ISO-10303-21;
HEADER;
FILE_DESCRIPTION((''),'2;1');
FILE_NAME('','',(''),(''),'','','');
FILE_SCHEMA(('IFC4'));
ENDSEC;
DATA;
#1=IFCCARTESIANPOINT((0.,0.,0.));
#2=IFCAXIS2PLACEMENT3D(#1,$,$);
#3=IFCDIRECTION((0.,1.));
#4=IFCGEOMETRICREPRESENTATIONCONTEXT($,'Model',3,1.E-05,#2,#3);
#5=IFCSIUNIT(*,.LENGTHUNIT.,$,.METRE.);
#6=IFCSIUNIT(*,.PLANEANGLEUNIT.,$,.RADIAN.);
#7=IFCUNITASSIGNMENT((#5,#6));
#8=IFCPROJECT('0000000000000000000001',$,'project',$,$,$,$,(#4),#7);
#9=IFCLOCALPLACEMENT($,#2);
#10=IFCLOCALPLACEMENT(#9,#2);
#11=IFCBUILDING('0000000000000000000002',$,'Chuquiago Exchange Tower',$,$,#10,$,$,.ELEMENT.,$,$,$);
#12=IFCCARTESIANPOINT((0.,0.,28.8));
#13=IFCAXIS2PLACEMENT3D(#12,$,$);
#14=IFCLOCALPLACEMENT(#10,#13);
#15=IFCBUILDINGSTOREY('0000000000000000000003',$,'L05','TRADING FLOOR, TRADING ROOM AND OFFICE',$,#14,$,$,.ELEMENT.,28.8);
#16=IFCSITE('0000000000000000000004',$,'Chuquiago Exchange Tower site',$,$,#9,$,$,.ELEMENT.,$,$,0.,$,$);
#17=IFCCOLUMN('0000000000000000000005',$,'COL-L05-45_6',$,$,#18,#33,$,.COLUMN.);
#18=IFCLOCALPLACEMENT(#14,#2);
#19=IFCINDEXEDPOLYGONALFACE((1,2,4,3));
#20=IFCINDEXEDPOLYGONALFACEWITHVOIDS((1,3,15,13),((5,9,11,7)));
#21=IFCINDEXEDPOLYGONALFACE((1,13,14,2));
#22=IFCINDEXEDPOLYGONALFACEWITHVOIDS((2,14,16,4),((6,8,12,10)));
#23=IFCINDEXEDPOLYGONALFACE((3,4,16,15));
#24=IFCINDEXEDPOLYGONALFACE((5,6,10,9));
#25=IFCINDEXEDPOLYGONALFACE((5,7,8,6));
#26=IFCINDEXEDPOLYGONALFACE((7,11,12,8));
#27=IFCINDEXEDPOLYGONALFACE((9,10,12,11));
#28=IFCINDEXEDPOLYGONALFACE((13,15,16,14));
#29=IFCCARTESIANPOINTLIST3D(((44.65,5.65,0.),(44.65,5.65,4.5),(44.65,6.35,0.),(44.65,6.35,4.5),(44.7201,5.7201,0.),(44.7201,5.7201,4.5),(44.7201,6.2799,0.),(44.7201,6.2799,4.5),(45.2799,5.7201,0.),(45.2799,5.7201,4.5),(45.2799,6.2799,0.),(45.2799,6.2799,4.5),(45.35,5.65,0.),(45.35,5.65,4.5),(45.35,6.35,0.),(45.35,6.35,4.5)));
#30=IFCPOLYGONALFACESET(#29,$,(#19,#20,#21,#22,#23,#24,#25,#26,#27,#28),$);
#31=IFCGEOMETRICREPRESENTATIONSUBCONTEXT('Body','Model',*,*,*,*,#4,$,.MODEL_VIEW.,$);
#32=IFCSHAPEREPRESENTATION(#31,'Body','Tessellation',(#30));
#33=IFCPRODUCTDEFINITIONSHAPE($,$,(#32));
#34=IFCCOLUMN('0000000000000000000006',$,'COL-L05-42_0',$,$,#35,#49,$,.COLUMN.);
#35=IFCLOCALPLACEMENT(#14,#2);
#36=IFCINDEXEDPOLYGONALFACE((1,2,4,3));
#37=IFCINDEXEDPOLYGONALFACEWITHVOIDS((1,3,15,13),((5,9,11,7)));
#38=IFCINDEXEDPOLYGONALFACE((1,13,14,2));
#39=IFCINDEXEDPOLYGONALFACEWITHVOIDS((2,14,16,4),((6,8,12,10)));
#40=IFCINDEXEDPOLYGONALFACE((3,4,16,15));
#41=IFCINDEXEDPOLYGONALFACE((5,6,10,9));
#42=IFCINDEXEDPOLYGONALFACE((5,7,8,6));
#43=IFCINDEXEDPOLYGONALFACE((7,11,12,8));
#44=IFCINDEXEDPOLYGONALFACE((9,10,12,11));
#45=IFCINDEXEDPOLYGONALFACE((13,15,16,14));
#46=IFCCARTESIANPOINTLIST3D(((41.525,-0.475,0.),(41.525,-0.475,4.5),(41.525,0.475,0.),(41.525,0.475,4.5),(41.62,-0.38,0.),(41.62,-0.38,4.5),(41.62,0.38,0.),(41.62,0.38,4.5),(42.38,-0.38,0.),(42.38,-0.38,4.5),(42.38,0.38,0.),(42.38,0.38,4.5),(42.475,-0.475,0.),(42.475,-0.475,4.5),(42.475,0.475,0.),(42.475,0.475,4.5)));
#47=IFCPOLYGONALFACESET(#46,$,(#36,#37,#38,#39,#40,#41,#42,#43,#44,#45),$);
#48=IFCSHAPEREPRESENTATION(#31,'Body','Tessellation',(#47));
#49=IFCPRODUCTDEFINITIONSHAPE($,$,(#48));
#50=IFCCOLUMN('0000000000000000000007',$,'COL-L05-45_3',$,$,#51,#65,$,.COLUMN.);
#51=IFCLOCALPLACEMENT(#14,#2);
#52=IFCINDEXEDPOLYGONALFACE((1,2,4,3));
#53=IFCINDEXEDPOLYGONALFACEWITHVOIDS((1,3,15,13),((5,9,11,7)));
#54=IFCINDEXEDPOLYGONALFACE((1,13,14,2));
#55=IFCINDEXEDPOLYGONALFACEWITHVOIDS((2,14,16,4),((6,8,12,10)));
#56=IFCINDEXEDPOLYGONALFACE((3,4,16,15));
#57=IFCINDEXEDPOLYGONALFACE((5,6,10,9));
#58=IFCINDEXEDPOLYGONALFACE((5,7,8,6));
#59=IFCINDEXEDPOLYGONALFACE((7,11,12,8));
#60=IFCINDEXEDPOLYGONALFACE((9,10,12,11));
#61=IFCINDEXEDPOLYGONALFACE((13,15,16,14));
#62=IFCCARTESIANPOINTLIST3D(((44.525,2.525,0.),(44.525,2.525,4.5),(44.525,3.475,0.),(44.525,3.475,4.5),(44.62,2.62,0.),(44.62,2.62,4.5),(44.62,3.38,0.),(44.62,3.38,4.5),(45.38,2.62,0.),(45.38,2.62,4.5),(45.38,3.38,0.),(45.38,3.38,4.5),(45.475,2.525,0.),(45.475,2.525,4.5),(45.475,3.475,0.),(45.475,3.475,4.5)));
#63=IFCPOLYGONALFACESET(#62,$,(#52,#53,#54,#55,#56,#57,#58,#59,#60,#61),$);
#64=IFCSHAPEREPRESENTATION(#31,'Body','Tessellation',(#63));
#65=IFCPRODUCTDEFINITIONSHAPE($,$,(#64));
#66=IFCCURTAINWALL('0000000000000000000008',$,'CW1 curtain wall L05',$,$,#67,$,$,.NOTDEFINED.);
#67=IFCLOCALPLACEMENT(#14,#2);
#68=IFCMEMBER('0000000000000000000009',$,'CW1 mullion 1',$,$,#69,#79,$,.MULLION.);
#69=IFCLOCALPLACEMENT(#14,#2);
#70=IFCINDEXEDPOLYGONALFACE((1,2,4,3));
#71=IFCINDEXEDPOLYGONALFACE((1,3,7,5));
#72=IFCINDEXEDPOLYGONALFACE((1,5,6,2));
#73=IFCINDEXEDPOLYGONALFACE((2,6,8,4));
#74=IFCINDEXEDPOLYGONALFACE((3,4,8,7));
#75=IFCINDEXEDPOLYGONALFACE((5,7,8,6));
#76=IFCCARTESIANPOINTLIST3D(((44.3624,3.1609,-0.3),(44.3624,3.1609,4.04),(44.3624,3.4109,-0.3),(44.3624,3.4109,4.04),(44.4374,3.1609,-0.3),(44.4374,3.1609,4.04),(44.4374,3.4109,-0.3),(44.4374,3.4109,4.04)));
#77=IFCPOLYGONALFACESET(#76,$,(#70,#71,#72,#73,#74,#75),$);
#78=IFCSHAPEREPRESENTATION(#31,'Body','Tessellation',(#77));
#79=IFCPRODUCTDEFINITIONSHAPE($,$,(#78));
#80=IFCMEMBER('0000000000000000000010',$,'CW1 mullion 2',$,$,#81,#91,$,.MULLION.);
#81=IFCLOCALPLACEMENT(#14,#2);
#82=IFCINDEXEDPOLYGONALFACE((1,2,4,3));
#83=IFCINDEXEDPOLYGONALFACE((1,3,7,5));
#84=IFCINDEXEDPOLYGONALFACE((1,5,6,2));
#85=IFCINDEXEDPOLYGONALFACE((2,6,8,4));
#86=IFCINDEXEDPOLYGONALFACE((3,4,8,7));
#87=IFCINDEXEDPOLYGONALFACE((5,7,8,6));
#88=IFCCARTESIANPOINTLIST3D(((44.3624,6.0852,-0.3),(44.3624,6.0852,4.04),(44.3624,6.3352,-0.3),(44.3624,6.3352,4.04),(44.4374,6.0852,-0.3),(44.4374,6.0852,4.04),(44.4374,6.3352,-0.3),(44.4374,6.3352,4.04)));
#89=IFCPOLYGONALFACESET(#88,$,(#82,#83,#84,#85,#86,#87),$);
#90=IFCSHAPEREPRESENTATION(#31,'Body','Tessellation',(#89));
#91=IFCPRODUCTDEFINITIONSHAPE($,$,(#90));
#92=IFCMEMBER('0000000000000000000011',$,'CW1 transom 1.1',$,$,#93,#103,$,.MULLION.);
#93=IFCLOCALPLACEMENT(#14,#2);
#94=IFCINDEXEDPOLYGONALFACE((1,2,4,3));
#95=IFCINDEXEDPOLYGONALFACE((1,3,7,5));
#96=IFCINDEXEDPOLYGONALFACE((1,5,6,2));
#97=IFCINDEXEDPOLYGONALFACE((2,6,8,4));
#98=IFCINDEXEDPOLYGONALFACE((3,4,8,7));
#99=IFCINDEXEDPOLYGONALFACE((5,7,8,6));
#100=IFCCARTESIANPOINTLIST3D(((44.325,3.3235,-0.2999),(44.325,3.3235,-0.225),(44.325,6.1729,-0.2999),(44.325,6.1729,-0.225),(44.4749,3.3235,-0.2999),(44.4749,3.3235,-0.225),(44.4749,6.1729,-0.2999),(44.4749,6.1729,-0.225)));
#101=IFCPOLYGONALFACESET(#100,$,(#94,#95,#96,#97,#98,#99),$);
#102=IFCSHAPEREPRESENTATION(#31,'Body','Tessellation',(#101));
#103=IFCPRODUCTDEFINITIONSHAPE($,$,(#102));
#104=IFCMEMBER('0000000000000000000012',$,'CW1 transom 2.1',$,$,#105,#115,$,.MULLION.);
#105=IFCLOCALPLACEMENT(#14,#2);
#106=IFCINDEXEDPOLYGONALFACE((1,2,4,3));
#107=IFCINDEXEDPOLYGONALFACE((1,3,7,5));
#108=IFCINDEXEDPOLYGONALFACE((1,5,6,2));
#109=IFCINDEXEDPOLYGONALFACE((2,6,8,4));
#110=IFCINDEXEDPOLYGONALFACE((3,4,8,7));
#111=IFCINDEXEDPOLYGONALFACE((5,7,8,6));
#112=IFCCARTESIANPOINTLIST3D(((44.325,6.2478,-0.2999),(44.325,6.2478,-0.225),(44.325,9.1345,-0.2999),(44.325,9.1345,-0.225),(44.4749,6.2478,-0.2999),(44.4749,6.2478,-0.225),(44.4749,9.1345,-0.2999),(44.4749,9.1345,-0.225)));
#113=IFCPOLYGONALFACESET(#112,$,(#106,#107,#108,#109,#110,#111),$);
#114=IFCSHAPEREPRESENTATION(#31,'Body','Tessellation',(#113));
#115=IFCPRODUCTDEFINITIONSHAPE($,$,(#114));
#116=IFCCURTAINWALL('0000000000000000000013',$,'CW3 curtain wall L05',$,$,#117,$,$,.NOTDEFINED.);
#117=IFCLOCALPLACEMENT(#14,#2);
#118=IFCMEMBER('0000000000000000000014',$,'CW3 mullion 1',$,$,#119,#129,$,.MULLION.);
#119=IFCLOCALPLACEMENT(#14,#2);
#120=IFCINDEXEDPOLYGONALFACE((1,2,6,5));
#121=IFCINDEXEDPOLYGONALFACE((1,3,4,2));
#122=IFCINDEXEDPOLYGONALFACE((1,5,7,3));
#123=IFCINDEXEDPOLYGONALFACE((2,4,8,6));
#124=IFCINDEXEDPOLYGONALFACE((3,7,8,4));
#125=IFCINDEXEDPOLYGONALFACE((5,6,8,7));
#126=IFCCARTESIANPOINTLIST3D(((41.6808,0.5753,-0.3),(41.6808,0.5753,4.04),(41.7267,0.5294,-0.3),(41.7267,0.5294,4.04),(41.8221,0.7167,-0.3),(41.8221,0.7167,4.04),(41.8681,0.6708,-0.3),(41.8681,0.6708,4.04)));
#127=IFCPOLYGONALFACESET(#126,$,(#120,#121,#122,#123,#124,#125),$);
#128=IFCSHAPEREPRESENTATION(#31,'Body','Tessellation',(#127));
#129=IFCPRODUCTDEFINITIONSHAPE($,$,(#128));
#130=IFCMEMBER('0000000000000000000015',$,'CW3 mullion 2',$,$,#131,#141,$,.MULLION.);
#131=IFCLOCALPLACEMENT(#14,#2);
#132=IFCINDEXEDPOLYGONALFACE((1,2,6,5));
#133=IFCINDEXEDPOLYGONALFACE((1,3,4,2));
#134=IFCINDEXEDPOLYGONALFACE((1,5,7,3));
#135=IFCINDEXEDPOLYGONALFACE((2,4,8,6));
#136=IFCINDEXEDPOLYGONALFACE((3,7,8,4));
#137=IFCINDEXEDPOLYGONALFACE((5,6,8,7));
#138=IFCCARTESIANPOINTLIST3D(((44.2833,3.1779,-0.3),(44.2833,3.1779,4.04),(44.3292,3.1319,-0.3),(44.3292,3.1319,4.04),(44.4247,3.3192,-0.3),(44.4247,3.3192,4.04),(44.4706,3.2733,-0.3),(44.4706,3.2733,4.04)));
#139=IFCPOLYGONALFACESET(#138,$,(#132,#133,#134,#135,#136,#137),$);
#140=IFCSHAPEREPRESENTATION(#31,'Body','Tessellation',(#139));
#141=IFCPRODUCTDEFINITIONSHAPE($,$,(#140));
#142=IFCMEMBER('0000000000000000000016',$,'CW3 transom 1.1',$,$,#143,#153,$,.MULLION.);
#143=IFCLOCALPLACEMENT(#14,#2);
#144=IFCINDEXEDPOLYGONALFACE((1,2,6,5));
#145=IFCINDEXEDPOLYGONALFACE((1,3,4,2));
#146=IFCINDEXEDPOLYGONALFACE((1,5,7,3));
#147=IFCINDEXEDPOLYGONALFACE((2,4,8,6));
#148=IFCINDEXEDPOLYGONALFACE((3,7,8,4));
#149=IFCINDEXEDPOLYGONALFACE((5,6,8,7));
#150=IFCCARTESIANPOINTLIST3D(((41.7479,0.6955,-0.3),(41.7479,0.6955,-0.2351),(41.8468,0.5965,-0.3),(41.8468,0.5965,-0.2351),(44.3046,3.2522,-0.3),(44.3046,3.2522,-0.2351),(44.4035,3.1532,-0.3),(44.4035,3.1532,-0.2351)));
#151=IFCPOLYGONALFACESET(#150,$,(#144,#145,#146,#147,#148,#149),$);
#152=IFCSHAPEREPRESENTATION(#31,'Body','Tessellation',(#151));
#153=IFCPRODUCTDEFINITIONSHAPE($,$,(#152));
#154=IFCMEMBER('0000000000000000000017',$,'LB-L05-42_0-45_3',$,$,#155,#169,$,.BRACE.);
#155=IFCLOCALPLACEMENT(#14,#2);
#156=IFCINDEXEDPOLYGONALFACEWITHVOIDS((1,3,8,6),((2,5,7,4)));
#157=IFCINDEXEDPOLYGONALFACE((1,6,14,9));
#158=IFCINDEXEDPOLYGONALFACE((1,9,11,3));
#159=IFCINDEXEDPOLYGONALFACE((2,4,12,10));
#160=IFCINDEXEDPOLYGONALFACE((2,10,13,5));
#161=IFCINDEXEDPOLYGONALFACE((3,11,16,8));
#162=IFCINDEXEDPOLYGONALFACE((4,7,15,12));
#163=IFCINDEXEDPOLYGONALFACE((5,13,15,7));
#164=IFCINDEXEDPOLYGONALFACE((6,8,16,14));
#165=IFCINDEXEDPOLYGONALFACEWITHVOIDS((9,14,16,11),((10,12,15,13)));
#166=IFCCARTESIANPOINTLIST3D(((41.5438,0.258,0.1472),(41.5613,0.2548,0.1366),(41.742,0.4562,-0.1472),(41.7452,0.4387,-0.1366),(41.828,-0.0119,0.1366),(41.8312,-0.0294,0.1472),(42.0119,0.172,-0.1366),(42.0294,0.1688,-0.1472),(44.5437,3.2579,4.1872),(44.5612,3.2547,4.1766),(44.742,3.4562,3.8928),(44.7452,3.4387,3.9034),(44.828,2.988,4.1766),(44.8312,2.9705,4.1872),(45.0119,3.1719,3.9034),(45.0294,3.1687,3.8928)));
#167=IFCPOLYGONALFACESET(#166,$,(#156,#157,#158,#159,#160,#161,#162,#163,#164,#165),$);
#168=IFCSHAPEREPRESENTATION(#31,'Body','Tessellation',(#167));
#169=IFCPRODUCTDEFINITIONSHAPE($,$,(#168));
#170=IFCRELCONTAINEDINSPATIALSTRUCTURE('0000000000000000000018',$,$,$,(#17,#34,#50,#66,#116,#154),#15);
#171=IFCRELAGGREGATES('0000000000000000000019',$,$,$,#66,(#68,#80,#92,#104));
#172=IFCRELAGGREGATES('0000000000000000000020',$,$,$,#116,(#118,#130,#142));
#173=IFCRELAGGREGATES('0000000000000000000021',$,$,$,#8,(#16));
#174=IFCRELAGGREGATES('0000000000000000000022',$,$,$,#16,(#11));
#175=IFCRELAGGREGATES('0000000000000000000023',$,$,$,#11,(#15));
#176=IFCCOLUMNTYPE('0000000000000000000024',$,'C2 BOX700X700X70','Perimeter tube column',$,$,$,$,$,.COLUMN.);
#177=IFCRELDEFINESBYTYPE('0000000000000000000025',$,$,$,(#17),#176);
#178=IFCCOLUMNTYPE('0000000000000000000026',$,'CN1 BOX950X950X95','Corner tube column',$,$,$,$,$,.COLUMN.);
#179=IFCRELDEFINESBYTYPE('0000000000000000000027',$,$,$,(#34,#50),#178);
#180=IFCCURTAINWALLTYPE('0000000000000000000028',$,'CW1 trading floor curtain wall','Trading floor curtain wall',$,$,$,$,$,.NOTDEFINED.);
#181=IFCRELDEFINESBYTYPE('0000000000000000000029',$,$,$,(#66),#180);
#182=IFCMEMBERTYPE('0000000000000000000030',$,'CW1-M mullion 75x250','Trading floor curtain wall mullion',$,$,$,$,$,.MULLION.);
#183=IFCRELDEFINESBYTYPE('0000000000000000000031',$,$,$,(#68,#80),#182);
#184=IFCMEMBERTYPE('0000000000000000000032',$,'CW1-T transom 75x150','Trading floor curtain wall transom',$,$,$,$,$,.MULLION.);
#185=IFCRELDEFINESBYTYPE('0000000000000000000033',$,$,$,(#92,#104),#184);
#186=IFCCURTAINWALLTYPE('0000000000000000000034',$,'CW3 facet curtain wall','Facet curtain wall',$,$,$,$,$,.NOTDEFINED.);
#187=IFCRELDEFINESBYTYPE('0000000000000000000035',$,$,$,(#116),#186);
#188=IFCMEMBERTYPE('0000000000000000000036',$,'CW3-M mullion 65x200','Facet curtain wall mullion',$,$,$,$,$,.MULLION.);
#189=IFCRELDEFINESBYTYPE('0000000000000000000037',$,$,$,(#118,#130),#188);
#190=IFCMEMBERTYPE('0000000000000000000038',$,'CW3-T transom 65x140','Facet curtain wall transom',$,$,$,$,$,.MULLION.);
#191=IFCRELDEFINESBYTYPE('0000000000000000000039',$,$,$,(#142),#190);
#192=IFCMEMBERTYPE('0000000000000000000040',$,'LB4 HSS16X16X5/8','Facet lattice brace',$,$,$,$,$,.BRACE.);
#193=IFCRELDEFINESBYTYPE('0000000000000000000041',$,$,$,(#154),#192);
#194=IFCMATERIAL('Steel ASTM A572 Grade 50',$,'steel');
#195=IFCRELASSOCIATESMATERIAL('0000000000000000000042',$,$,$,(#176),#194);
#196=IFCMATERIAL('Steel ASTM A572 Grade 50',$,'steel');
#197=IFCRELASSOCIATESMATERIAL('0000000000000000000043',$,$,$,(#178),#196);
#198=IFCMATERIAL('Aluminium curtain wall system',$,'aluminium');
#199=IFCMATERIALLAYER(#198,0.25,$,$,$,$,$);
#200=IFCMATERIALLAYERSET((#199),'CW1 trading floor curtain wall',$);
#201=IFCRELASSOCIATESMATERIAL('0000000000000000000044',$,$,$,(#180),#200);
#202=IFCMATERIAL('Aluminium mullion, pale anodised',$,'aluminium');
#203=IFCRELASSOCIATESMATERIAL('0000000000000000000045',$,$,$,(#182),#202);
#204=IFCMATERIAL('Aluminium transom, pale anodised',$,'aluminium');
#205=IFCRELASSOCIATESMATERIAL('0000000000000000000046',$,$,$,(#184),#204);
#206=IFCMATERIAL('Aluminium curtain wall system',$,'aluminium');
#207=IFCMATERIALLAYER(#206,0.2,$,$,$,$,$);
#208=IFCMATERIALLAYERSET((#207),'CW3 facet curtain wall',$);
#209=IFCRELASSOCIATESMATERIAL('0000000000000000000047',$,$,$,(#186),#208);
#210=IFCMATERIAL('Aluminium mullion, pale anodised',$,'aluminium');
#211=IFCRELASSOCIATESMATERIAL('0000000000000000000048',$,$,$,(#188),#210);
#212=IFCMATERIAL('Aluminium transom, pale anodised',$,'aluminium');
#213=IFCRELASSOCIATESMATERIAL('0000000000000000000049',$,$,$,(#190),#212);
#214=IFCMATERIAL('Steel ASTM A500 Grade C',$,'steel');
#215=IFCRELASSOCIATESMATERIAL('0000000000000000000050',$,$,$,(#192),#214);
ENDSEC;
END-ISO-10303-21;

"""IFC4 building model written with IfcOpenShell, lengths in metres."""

from ifc_helpers import new_model, si_unit, direction, frame, origin, origin_2d, place, context, subcontext, project, spatial, rectangle, hollow_rectangle, extrude, material, layer, layer_set, material_profile, profile_set, type_object, element, aggregate, save


model = new_model("IFC4")

# Units and contexts
model_context = context("Model", 3, precision=1e-05, world=origin(), true_north=direction((0.0, 1.0)))
body_context = subcontext(model_context, "Body", "Model", "MODEL_VIEW")
ifc_project = project(units=[si_unit("LENGTHUNIT", "METRE"), si_unit("PLANEANGLEUNIT", "RADIAN")], contexts=[model_context])

# Site, building, storey
site_placement = place(None, origin())
site = spatial("IfcSite", under=ifc_project, at=site_placement, Name="Chuquiago Exchange Tower site", CompositionType="ELEMENT", RefElevation=0.0)
building_placement = place(site_placement, origin())
building = spatial("IfcBuilding", under=site, at=building_placement, Name="Chuquiago Exchange Tower", CompositionType="ELEMENT")
storey_placement = place(building_placement, frame((0.0, 0.0, 28.8)))
storey = spatial("IfcBuildingStorey", under=building, at=storey_placement, Name="L05", Description="TRADING FLOOR, TRADING ROOM AND OFFICE", CompositionType="ELEMENT", Elevation=28.8)

# Columns
ifc_material_1 = material(Name="Steel ASTM A572 Grade 50", Category="steel")
ifc_material_profile_1 = material_profile(ifc_material_1, hollow_rectangle(XDim=0.7, YDim=0.7, WallThickness=0.0701, at=origin_2d()), Name="BOX700X700X70")
ifc_profile_set_1 = profile_set([ifc_material_profile_1], Name="Steel ASTM A572 Grade 50")
column_type_1 = type_object("IfcColumnType", Name="C2 BOX700X700X70", Description="Perimeter tube column", PredefinedType="COLUMN", material=ifc_profile_set_1)
column_placement = place(storey_placement, frame((45.0, 6.0, 0.0), z_axis=(0.0, 0.0, 1.0), x_axis=(1.0, 0.0, 0.0)))
element("IfcColumn", 1, at=column_placement, inside=storey, type_object=column_type_1, Name="COL-L05-45_6", PredefinedType="COLUMN", context=body_context, shape_type="SweptSolid", body=[
    extrude(hollow_rectangle(XDim=0.7, YDim=0.7, WallThickness=0.0701, at=origin_2d()), origin(), (0.0, 0.0, 1.0), 4.5),
])
ifc_material_2 = material(Name="Steel ASTM A572 Grade 50", Category="steel")
ifc_material_profile_2 = material_profile(ifc_material_2, hollow_rectangle(XDim=0.95, YDim=0.95, WallThickness=0.095, at=origin_2d()), Name="BOX950X950X95")
ifc_profile_set_2 = profile_set([ifc_material_profile_2], Name="Steel ASTM A572 Grade 50")
column_type_2 = type_object("IfcColumnType", Name="CN1 BOX950X950X95", Description="Corner tube column", PredefinedType="COLUMN", material=ifc_profile_set_2)
for number, where, z_axis, x_axis, name in (
    (2, (42.0, 0.0, 0.0), (0.0, 0.0, 1.0), (0.0, -1.0, 0.0), "COL-L05-42_0"),
    (3, (45.0, 3.0, 0.0), (0.0, 0.0, 1.0), (1.0, 0.0, 0.0), "COL-L05-45_3"),
):
    element("IfcColumn", number, at=place(storey_placement, frame(where, z_axis=z_axis, x_axis=x_axis)), inside=storey, type_object=column_type_2, Name=name, PredefinedType="COLUMN", context=body_context, shape_type="SweptSolid", body=[
        extrude(hollow_rectangle(XDim=0.95, YDim=0.95, WallThickness=0.095, at=origin_2d()), origin(), (0.0, 0.0, 1.0), 4.5),
    ])

# Curtain walls, members
ifc_material_3 = material(Name="Aluminium curtain wall system", Category="aluminium")
ifc_layer_1 = layer(ifc_material_3, 0.25)
ifc_layer_set_1 = layer_set([ifc_layer_1], Name="CW1 trading floor curtain wall")
curtain_wall_type_1 = type_object("IfcCurtainWallType", Name="CW1 trading floor curtain wall", Description="Trading floor curtain wall", PredefinedType="NOTDEFINED", material=ifc_layer_set_1)
curtain_wall_1_placement = place(storey_placement, origin())
curtain_wall_1 = element("IfcCurtainWall", 4, at=curtain_wall_1_placement, inside=storey, type_object=curtain_wall_type_1, Name="CW1 curtain wall L05", PredefinedType="NOTDEFINED")
ifc_material_4 = material(Name="Aluminium mullion, pale anodised", Category="aluminium")
ifc_material_profile_3 = material_profile(ifc_material_4, rectangle(XDim=0.075, YDim=0.25, at=origin_2d()), Name="AL 75x250")
ifc_profile_set_3 = profile_set([ifc_material_profile_3], Name="Aluminium mullion, pale anodised")
member_type_1 = type_object("IfcMemberType", Name="CW1-M mullion 75x250", Description="Trading floor curtain wall mullion", PredefinedType="MULLION", material=ifc_profile_set_3)
member_1_placement = place(storey_placement, frame((44.3999, 3.2859, -0.3), z_axis=(0.0, 0.0, 1.0), x_axis=(-1.0, 0.0, 0.0)))
member_1 = element("IfcMember", 5, at=member_1_placement, type_object=member_type_1, Name="CW1 mullion 1", PredefinedType="MULLION", context=body_context, shape_type="SweptSolid", body=[
    extrude(rectangle(XDim=0.075, YDim=0.25, at=origin_2d()), origin(), (0.0, 0.0, 1.0), 4.3401),
])
member_2_placement = place(storey_placement, frame((44.3999, 6.2102, -0.3), z_axis=(0.0, 0.0, 1.0), x_axis=(-1.0, 0.0, 0.0)))
member_2 = element("IfcMember", 6, at=member_2_placement, type_object=member_type_1, Name="CW1 mullion 2", PredefinedType="MULLION", context=body_context, shape_type="SweptSolid", body=[
    extrude(rectangle(XDim=0.075, YDim=0.25, at=origin_2d()), origin(), (0.0, 0.0, 1.0), 4.3401),
])
ifc_material_5 = material(Name="Aluminium transom, pale anodised", Category="aluminium")
ifc_material_profile_4 = material_profile(ifc_material_5, rectangle(XDim=0.1499, YDim=0.075, at=origin_2d()), Name="AL 150x75")
ifc_profile_set_4 = profile_set([ifc_material_profile_4], Name="Aluminium transom, pale anodised")
member_type_2 = type_object("IfcMemberType", Name="CW1-T transom 75x150", Description="Trading floor curtain wall transom", PredefinedType="MULLION", material=ifc_profile_set_4)
member_3_placement = place(storey_placement, frame((44.3999, 3.3235, -0.2625), z_axis=(0.0, 1.0, 0.0), x_axis=(-1.0, 0.0, 0.0)))
member_3 = element("IfcMember", 7, at=member_3_placement, type_object=member_type_2, Name="CW1 transom 1.1", PredefinedType="MULLION", context=body_context, shape_type="SweptSolid", body=[
    extrude(rectangle(XDim=0.1499, YDim=0.075, at=origin_2d()), origin(), (0.0, 0.0, 1.0), 2.8494),
])
member_4_placement = place(storey_placement, frame((44.3999, 6.2478, -0.2625), z_axis=(0.0, 1.0, 0.0), x_axis=(-1.0, 0.0, 0.0)))
member_4 = element("IfcMember", 8, at=member_4_placement, type_object=member_type_2, Name="CW1 transom 2.1", PredefinedType="MULLION", context=body_context, shape_type="SweptSolid", body=[
    extrude(rectangle(XDim=0.1499, YDim=0.075, at=origin_2d()), origin(), (0.0, 0.0, 1.0), 2.8867),
])
ifc_material_6 = material(Name="Aluminium curtain wall system", Category="aluminium")
ifc_layer_2 = layer(ifc_material_6, 0.2)
ifc_layer_set_2 = layer_set([ifc_layer_2], Name="CW3 facet curtain wall")
curtain_wall_type_2 = type_object("IfcCurtainWallType", Name="CW3 facet curtain wall", Description="Facet curtain wall", PredefinedType="NOTDEFINED", material=ifc_layer_set_2)
curtain_wall_2_placement = place(storey_placement, origin())
curtain_wall_2 = element("IfcCurtainWall", 9, at=curtain_wall_2_placement, inside=storey, type_object=curtain_wall_type_2, Name="CW3 curtain wall L05", PredefinedType="NOTDEFINED")
ifc_material_7 = material(Name="Aluminium mullion, pale anodised", Category="aluminium")
ifc_material_profile_5 = material_profile(ifc_material_7, rectangle(XDim=0.0649, YDim=0.2, at=origin_2d()), Name="AL 65x200")
ifc_profile_set_5 = profile_set([ifc_material_profile_5], Name="Aluminium mullion, pale anodised")
member_type_3 = type_object("IfcMemberType", Name="CW3-M mullion 65x200", Description="Facet curtain wall mullion", PredefinedType="MULLION", material=ifc_profile_set_5)
member_5_placement = place(storey_placement, frame((41.7744, 0.623, -0.3), z_axis=(0.0, 0.0, 1.0), x_axis=(-0.707107, 0.707107, 0.0)))
member_5 = element("IfcMember", 10, at=member_5_placement, type_object=member_type_3, Name="CW3 mullion 1", PredefinedType="MULLION", context=body_context, shape_type="SweptSolid", body=[
    extrude(rectangle(XDim=0.0649, YDim=0.2, at=origin_2d()), origin(), (0.0, 0.0, 1.0), 4.3401),
])
member_6_placement = place(storey_placement, frame((44.377, 3.2256, -0.3), z_axis=(0.0, 0.0, 1.0), x_axis=(-0.707107, 0.707107, 0.0)))
member_6 = element("IfcMember", 11, at=member_6_placement, type_object=member_type_3, Name="CW3 mullion 2", PredefinedType="MULLION", context=body_context, shape_type="SweptSolid", body=[
    extrude(rectangle(XDim=0.0649, YDim=0.2, at=origin_2d()), origin(), (0.0, 0.0, 1.0), 4.3401),
])
ifc_material_8 = material(Name="Aluminium transom, pale anodised", Category="aluminium")
ifc_material_profile_6 = material_profile(ifc_material_8, rectangle(XDim=0.1399, YDim=0.0649, at=origin_2d()), Name="AL 140x65")
ifc_profile_set_6 = profile_set([ifc_material_profile_6], Name="Aluminium transom, pale anodised")
member_type_4 = type_object("IfcMemberType", Name="CW3-T transom 65x140", Description="Facet curtain wall transom", PredefinedType="MULLION", material=ifc_profile_set_6)
member_7_placement = place(storey_placement, frame((41.7974, 0.646, -0.2676), z_axis=(0.707107, 0.707107, 0.0), x_axis=(-0.707107, 0.707107, 0.0)))
member_7 = element("IfcMember", 12, at=member_7_placement, type_object=member_type_4, Name="CW3 transom 1.1", PredefinedType="MULLION", context=body_context, shape_type="SweptSolid", body=[
    extrude(rectangle(XDim=0.1399, YDim=0.0649, at=origin_2d()), origin(), (0.0, 0.0, 1.0), 3.6157),
])

# Member
ifc_material_9 = material(Name="Steel ASTM A500 Grade C", Category="steel")
ifc_material_profile_7 = material_profile(ifc_material_9, hollow_rectangle(XDim=0.4065, YDim=0.4065, WallThickness=0.0146, at=origin_2d()), Name="HSS16X16X5/8")
ifc_profile_set_7 = profile_set([ifc_material_profile_7], Name="Steel ASTM A500 Grade C")
member_type_5 = type_object("IfcMemberType", Name="LB4 HSS16X16X5/8", Description="Facet lattice brace", PredefinedType="BRACE", material=ifc_profile_set_7)
member_8_placement = place(storey_placement, frame((41.7866, 0.2134, 0.0), z_axis=(0.512077, 0.512077, 0.689604), x_axis=(-0.707107, 0.707107, 0.0)))
element("IfcMember", 13, at=member_8_placement, inside=storey, type_object=member_type_5, Name="LB-L05-42_0-45_3", PredefinedType="BRACE", context=body_context, shape_type="SweptSolid", body=[
    extrude(hollow_rectangle(XDim=0.4065, YDim=0.4065, WallThickness=0.0146, at=origin_2d()), origin(), (0.0, 0.0, 1.0), 5.8584),
])

aggregate(curtain_wall_1, [member_1, member_2, member_3, member_4])
aggregate(curtain_wall_2, [member_5, member_6, member_7])

save(model, "model.ifc")
